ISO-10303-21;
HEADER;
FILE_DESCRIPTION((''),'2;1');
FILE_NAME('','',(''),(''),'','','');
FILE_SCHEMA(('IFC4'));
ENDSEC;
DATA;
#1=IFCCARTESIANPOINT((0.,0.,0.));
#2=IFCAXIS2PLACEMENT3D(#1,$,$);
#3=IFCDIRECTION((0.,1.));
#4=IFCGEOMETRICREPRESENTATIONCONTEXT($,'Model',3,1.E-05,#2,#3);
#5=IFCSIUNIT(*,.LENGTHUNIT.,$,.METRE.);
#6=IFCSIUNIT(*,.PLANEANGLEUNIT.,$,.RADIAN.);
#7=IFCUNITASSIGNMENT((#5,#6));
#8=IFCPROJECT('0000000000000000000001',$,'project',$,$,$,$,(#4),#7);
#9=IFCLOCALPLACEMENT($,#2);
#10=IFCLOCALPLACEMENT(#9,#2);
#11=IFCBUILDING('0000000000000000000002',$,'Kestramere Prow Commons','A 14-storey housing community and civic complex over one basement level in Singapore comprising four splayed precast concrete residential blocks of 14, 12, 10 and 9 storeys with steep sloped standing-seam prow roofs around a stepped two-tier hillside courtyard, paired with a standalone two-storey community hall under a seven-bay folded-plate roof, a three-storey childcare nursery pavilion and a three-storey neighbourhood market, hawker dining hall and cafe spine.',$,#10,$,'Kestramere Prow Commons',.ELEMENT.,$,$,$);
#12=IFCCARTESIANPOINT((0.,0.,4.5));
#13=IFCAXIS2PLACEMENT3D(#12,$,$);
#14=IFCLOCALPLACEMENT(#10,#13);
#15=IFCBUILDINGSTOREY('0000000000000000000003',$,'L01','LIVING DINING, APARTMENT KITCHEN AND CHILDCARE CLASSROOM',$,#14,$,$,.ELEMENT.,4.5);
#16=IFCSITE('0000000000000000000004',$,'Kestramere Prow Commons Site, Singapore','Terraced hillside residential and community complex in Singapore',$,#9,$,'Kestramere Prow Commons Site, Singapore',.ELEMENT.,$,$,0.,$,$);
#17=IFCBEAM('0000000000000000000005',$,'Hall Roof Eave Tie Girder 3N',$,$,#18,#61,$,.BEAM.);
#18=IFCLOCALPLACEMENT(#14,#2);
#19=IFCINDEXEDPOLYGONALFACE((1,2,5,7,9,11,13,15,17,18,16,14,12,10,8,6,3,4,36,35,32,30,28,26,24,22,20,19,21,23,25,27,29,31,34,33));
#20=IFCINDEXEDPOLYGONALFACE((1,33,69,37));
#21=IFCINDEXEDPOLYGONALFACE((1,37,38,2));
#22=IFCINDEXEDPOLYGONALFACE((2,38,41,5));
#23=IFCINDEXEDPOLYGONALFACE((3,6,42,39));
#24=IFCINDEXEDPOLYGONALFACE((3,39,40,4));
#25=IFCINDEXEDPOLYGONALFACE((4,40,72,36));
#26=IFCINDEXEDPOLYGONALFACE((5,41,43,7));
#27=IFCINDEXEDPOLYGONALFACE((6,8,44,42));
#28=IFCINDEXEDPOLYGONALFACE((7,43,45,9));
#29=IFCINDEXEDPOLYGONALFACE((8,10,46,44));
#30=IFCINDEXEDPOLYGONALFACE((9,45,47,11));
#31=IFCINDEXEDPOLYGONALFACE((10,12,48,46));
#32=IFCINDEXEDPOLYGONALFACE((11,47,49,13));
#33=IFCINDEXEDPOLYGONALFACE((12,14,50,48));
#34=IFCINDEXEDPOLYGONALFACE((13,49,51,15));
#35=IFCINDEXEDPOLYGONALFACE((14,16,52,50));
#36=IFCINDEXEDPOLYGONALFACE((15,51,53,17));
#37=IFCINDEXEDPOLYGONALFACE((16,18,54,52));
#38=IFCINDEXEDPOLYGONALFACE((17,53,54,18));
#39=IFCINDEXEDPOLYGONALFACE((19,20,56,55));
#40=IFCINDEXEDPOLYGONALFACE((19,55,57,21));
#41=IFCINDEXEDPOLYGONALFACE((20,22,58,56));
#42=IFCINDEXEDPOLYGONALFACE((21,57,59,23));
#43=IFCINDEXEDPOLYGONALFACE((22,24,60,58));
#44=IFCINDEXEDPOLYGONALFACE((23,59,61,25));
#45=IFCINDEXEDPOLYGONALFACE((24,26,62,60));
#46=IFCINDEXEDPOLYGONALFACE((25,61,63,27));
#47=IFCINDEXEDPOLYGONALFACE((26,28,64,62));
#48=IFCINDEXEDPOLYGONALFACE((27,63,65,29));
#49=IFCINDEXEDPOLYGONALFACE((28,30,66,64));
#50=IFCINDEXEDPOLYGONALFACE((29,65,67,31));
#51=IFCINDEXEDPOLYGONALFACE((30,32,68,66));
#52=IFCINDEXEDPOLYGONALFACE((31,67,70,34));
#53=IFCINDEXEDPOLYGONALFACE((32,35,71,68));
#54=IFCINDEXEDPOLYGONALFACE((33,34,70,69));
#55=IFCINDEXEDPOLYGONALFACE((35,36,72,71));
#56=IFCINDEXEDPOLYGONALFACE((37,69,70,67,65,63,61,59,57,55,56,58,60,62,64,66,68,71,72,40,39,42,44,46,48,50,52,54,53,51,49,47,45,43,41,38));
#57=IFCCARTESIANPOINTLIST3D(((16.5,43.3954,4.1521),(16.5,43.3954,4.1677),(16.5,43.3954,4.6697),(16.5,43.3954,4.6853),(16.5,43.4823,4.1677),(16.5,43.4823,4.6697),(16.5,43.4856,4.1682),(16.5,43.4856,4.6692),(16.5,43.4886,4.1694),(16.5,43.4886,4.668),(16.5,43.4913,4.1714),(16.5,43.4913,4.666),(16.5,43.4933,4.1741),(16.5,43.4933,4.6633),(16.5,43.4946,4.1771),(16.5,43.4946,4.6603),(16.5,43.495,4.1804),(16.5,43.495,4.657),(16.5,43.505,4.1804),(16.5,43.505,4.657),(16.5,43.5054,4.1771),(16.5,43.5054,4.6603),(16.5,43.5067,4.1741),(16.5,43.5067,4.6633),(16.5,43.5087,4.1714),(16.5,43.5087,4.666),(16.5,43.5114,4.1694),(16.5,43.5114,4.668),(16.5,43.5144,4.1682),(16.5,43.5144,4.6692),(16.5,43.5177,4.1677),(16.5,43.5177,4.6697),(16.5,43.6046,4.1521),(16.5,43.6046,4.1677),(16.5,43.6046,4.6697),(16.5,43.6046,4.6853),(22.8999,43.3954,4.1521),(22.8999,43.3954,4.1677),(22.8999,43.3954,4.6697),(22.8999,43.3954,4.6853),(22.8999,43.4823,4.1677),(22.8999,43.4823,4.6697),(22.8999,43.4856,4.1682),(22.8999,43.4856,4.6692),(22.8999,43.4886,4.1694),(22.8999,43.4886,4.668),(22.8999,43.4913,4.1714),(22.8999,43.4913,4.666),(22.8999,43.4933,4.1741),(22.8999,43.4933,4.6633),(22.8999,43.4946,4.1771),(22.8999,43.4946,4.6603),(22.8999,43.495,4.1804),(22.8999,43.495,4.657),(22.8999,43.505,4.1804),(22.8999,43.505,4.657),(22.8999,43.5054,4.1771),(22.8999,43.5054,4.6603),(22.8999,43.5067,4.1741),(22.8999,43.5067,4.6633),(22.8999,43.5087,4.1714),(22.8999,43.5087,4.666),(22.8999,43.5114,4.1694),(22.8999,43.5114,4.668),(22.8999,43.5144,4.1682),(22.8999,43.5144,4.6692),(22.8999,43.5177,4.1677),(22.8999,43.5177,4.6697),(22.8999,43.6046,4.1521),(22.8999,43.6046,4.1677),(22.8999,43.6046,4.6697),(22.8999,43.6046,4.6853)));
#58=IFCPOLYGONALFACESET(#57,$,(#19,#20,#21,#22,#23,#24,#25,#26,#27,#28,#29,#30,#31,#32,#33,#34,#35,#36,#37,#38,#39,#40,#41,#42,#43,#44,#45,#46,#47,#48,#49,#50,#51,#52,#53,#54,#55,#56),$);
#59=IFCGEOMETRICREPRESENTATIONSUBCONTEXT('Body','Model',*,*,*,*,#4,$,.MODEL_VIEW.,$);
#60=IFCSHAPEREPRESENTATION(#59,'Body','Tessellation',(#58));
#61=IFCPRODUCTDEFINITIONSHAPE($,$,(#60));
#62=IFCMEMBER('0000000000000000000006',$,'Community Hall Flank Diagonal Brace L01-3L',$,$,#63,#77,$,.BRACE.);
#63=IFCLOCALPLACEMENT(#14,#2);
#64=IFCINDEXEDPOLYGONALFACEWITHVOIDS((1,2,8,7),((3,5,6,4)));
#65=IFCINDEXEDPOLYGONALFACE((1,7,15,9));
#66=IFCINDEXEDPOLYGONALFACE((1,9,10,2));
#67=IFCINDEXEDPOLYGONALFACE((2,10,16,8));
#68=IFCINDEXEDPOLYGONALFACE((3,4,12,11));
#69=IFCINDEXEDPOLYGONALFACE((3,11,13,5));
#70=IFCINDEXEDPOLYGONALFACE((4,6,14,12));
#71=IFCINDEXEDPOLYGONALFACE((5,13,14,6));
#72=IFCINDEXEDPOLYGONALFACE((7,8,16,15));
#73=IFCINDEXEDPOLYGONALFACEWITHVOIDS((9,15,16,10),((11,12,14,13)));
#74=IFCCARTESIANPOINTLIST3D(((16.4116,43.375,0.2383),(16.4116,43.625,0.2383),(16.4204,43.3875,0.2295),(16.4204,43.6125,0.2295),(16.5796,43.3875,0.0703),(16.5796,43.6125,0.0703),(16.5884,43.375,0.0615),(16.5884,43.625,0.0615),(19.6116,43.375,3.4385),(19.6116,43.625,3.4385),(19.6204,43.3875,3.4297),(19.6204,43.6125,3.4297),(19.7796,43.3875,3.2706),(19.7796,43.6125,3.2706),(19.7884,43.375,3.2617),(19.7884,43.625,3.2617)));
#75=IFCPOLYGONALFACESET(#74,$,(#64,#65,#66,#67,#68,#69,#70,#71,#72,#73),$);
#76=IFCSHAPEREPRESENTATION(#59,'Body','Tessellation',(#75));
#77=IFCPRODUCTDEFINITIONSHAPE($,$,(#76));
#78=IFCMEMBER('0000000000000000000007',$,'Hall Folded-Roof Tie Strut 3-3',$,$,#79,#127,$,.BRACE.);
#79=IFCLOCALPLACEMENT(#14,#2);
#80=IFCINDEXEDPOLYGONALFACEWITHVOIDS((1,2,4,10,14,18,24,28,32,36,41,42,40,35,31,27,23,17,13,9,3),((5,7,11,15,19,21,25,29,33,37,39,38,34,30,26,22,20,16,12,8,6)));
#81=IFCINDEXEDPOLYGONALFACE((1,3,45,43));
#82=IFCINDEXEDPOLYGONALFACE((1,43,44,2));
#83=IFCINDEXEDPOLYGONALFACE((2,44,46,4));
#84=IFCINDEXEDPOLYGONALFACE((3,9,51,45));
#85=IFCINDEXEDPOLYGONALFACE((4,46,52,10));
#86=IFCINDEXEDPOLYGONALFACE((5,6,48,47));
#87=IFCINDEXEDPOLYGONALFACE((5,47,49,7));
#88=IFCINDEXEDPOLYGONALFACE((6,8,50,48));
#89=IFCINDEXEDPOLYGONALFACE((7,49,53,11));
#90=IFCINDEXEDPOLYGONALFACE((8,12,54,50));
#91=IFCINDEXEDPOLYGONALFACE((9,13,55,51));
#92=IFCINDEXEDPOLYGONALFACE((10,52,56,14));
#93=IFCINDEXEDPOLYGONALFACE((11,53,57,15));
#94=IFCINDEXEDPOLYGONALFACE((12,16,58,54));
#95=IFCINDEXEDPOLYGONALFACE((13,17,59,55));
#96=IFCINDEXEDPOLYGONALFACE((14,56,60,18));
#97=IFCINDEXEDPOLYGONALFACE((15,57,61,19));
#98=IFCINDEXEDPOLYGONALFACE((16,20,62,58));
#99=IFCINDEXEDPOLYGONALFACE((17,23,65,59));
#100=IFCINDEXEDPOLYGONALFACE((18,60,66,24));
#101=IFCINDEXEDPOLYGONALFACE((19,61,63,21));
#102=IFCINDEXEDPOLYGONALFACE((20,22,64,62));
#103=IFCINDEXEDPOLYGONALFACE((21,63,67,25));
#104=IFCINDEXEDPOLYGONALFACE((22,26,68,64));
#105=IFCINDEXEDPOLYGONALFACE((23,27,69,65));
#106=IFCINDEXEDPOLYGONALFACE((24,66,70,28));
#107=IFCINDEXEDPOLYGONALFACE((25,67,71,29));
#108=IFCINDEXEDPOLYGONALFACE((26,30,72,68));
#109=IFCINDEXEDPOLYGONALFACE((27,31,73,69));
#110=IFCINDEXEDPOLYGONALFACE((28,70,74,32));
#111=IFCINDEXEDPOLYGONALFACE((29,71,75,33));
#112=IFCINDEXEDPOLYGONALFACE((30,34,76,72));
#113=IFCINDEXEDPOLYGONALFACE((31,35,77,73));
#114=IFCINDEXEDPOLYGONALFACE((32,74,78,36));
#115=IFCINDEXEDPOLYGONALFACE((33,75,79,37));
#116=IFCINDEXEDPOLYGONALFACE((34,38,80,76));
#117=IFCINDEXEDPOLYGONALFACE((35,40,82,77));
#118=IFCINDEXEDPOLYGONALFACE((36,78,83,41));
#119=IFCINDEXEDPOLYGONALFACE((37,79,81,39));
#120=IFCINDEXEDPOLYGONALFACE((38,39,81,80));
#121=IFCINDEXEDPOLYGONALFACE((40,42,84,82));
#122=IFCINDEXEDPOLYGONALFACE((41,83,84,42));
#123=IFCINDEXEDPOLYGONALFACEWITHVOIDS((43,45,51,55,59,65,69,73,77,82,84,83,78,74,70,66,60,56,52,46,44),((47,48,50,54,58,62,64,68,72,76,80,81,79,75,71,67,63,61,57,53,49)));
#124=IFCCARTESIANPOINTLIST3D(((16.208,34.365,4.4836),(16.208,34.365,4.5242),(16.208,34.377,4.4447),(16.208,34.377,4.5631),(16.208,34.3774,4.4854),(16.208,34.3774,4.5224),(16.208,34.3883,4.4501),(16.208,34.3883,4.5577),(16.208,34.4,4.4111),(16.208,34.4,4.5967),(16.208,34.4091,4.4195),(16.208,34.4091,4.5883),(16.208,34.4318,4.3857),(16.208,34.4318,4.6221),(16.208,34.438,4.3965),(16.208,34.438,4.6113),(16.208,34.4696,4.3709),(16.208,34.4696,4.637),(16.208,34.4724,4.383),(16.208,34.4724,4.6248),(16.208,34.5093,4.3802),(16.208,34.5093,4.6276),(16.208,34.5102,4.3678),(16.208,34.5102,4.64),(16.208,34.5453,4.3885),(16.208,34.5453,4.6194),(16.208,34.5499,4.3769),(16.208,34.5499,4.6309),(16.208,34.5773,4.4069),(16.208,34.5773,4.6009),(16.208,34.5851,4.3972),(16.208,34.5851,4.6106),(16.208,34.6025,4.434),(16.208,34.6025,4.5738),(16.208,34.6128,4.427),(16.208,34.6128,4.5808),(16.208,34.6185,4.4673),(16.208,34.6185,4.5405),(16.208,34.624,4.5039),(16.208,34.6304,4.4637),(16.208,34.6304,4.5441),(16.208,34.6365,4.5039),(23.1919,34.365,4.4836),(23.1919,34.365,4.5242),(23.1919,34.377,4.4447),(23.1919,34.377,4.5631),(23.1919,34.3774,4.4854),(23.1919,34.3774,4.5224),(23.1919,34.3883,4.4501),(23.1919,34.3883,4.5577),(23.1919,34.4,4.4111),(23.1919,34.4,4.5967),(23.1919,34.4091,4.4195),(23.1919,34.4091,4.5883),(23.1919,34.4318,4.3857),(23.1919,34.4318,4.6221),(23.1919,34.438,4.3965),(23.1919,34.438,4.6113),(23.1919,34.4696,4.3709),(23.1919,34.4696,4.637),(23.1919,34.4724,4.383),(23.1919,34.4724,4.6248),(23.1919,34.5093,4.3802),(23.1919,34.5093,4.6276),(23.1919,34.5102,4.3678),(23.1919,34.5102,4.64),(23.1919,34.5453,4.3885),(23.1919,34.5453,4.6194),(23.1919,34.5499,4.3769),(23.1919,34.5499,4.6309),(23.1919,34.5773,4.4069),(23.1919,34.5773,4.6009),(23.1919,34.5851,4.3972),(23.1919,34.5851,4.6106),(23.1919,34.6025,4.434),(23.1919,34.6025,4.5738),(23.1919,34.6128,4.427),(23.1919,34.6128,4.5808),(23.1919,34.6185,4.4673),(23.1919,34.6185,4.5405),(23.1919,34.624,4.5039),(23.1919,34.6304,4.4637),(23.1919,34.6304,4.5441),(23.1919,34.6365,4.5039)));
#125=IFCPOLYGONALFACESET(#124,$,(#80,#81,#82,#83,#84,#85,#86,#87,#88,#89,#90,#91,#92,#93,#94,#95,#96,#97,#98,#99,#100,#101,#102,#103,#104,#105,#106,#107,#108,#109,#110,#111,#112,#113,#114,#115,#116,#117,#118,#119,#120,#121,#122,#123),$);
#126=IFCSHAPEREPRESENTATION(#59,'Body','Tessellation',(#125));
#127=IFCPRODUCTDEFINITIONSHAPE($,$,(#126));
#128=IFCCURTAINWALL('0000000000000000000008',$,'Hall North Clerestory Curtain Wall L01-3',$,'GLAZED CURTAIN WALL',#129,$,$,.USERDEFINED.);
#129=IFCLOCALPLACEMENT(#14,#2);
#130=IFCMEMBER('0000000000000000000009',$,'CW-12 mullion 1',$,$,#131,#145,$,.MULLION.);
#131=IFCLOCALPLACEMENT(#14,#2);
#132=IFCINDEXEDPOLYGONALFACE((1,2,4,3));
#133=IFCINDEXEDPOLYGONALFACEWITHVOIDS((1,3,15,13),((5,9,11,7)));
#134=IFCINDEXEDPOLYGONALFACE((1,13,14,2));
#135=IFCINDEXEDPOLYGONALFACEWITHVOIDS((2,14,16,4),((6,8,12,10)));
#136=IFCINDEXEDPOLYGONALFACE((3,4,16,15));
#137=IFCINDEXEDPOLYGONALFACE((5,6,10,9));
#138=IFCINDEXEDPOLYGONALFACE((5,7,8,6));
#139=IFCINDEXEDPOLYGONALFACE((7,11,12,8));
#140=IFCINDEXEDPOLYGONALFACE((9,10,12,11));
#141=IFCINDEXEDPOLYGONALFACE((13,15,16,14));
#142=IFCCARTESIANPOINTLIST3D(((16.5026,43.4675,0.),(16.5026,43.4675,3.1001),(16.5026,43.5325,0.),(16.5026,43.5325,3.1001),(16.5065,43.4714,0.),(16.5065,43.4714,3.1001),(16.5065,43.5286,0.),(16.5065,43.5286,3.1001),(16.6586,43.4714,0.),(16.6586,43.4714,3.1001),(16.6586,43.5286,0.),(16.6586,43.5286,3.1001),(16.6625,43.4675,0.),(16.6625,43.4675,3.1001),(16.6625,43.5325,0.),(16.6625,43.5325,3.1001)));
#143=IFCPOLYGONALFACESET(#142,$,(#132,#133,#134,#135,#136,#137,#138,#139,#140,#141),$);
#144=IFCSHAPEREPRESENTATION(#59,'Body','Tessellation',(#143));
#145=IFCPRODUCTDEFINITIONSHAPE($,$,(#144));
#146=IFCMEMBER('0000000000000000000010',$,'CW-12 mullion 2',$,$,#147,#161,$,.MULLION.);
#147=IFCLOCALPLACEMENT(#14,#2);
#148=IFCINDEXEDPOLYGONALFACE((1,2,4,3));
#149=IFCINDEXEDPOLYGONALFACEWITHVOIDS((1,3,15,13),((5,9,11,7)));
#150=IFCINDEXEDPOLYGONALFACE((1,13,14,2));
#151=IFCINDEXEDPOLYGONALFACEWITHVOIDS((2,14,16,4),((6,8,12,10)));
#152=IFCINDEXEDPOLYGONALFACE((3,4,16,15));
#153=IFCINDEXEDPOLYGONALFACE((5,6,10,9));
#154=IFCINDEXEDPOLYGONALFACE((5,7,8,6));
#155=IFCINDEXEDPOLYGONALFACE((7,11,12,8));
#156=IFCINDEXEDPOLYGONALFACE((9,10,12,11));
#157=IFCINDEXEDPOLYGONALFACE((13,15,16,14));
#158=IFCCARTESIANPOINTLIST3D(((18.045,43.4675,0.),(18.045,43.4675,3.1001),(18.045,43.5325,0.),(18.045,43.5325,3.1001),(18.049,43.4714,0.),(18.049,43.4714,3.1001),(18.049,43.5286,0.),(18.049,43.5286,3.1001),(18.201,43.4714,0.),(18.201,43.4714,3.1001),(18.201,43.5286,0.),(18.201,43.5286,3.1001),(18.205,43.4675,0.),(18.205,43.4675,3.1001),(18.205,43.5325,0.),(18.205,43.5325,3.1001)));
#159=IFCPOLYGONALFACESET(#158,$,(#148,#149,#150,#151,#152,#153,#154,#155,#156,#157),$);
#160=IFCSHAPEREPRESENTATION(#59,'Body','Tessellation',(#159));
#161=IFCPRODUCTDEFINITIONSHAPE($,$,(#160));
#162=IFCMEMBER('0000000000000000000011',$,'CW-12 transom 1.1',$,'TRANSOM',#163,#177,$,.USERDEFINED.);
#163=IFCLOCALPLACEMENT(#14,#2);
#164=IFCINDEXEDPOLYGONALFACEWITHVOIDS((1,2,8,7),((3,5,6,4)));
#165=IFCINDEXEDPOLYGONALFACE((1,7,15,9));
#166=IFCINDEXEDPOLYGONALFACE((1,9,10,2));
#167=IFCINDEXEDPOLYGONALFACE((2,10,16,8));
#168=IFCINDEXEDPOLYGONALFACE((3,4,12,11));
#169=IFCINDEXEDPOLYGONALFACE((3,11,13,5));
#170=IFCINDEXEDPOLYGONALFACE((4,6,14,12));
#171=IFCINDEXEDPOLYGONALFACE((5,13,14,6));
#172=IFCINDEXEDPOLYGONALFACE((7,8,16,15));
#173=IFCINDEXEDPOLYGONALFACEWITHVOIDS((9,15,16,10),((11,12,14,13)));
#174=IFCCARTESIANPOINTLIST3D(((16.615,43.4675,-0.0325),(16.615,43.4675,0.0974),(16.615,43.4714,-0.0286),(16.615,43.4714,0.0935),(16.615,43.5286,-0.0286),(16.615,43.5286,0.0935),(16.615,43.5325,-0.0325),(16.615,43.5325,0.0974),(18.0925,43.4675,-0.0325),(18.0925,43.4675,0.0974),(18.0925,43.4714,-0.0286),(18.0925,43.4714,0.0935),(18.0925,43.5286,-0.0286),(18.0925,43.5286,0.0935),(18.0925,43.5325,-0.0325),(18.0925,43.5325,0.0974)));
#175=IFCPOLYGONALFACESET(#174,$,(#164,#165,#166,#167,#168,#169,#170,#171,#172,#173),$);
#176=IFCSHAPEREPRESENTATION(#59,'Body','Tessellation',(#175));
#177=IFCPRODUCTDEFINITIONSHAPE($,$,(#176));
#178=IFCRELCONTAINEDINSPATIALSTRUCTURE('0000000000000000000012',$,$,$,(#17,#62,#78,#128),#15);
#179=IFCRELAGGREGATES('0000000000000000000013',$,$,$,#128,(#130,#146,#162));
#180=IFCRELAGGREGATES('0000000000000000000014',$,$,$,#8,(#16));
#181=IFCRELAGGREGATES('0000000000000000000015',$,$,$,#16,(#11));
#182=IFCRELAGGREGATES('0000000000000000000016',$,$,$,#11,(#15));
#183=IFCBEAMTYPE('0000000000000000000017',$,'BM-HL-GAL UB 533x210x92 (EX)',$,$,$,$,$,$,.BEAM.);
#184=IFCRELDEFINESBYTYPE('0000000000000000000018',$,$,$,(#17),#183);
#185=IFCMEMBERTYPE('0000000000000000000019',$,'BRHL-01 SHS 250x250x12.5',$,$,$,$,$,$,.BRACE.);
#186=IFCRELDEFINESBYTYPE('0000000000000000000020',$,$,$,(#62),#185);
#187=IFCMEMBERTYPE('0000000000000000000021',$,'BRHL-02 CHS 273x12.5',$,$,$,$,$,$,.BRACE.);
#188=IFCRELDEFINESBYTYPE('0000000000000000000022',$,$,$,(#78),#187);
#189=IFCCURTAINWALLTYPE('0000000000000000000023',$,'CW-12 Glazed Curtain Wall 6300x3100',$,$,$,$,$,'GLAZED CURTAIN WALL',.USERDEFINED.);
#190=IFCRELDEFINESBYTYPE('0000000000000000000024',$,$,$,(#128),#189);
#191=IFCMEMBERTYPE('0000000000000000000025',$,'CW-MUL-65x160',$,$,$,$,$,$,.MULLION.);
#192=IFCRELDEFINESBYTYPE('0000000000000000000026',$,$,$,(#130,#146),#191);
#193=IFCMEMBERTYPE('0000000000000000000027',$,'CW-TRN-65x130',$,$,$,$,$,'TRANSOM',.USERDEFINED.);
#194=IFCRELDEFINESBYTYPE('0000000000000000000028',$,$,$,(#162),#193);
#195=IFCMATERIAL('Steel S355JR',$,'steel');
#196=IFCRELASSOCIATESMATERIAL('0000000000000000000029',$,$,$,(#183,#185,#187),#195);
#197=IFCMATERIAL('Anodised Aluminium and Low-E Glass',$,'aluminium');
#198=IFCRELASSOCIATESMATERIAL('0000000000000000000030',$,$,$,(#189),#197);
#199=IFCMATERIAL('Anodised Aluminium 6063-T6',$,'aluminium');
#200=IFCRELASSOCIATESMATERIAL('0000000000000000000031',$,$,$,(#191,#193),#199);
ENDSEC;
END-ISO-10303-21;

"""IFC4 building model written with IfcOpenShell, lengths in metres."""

from ifc_helpers import new_model, si_unit, direction, frame, origin, origin_2d, place, context, subcontext, project, spatial, hollow_rectangle, hollow_circle, i_section, extrude, material, material_profile, profile_set, type_object, element, aggregate, save


model = new_model("IFC4")

# Units and contexts
model_context = context("Model", 3, precision=1e-05, world=origin(), true_north=direction((0.0, 1.0)))
body_context = subcontext(model_context, "Body", "Model", "MODEL_VIEW")
ifc_project = project(units=[si_unit("LENGTHUNIT", "METRE"), si_unit("PLANEANGLEUNIT", "RADIAN")], contexts=[model_context])

# Site, building, storey
site_placement = place(None, origin())
site = spatial("IfcSite", under=ifc_project, at=site_placement, Name="Kestramere Prow Commons Site, Singapore", Description="Terraced hillside residential and community complex in Singapore", LongName="Kestramere Prow Commons Site, Singapore", CompositionType="ELEMENT", RefElevation=0.0)
building_placement = place(site_placement, origin())
building = spatial("IfcBuilding", under=site, at=building_placement, Name="Kestramere Prow Commons", Description="A 14-storey housing community and civic complex over one basement level in Singapore comprising four splayed precast concrete residential blocks of 14, 12, 10 and 9 storeys with steep sloped standing-seam prow roofs around a stepped two-tier hillside courtyard, paired with a standalone two-storey community hall under a seven-bay folded-plate roof, a three-storey childcare nursery pavilion and a three-storey neighbourhood market, hawker dining hall and cafe spine.", LongName="Kestramere Prow Commons", CompositionType="ELEMENT")
storey_placement = place(building_placement, frame((0.0, 0.0, 4.5)))
storey = spatial("IfcBuildingStorey", under=building, at=storey_placement, Name="L01", Description="LIVING DINING, APARTMENT KITCHEN AND CHILDCARE CLASSROOM", CompositionType="ELEMENT", Elevation=4.5)

# Beam
ifc_material_1 = material(Name="Steel S355JR", Category="steel")
ifc_material_profile_1 = material_profile(ifc_material_1, i_section(OverallWidth=0.2092, OverallDepth=0.5332, WebThickness=0.01, FlangeThickness=0.0156, FilletRadius=0.0127, at=origin_2d()), Name="UB 533x210x92")
ifc_profile_set_1 = profile_set([ifc_material_profile_1], Name="Steel S355JR")
beam_type = type_object("IfcBeamType", Name="BM-HL-GAL UB 533x210x92 (EX)", PredefinedType="BEAM", material=ifc_profile_set_1)
beam_placement = place(storey_placement, frame((16.5, 43.5, 4.4187), z_axis=(1.0, 0.0, 0.0), x_axis=(0.0, 1.0, 0.0)))
element("IfcBeam", 1, at=beam_placement, inside=storey, type_object=beam_type, Name="Hall Roof Eave Tie Girder 3N", PredefinedType="BEAM", context=body_context, shape_type="SweptSolid", body=[
    extrude(i_section(OverallWidth=0.2092, OverallDepth=0.5332, WebThickness=0.01, FlangeThickness=0.0156, FilletRadius=0.0127, at=origin_2d()), origin(), (0.0, 0.0, 1.0), 6.3999),
])

# Members
ifc_material_profile_2 = material_profile(ifc_material_1, hollow_rectangle(XDim=0.25, YDim=0.25, WallThickness=0.0125, at=origin_2d()), Name="SHS 250x250x12.5")
ifc_profile_set_2 = profile_set([ifc_material_profile_2], Name="Steel S355JR")
member_type_1 = type_object("IfcMemberType", Name="BRHL-01 SHS 250x250x12.5", PredefinedType="BRACE", material=ifc_profile_set_2)
member_1_placement = place(storey_placement, frame((16.5, 43.5, 0.1499), z_axis=(0.70708, 0.0, 0.707134), x_axis=(0.0, 1.0, 0.0)))
element("IfcMember", 2, at=member_1_placement, inside=storey, type_object=member_type_1, Name="Community Hall Flank Diagonal Brace L01-3L", PredefinedType="BRACE", context=body_context, shape_type="SweptSolid", body=[
    extrude(hollow_rectangle(XDim=0.25, YDim=0.25, WallThickness=0.0125, at=origin_2d()), origin(), (0.0, 0.0, 1.0), 4.5256),
])
ifc_material_profile_3 = material_profile(ifc_material_1, hollow_circle(Radius=0.1365, WallThickness=0.0125, at=origin_2d()), Name="CHS 273x12.5")
ifc_profile_set_3 = profile_set([ifc_material_profile_3], Name="Steel S355JR")
member_type_2 = type_object("IfcMemberType", Name="BRHL-02 CHS 273x12.5", PredefinedType="BRACE", material=ifc_profile_set_3)
member_2_placement = place(storey_placement, frame((16.208, 34.5, 4.5039), z_axis=(1.0, 0.0, 0.0), x_axis=(0.0, 1.0, 0.0)))
element("IfcMember", 3, at=member_2_placement, inside=storey, type_object=member_type_2, Name="Hall Folded-Roof Tie Strut 3-3", PredefinedType="BRACE", context=body_context, shape_type="SweptSolid", body=[
    extrude(hollow_circle(Radius=0.1365, WallThickness=0.0125, at=origin_2d()), origin(), (0.0, 0.0, 1.0), 6.9839),
])

# Curtain wall, members
ifc_material_2 = material(Name="Anodised Aluminium and Low-E Glass", Category="aluminium")
curtain_wall_type = type_object("IfcCurtainWallType", Name="CW-12 Glazed Curtain Wall 6300x3100", ElementType="GLAZED CURTAIN WALL", PredefinedType="USERDEFINED", material=ifc_material_2)
curtain_wall_placement = place(storey_placement, origin())
curtain_wall = element("IfcCurtainWall", 4, at=curtain_wall_placement, inside=storey, type_object=curtain_wall_type, Name="Hall North Clerestory Curtain Wall L01-3", ObjectType="GLAZED CURTAIN WALL", PredefinedType="USERDEFINED")
ifc_material_3 = material(Name="Anodised Aluminium 6063-T6", Category="aluminium")
ifc_material_profile_4 = material_profile(ifc_material_3, hollow_rectangle(XDim=0.0649, YDim=0.1599, WallThickness=0.0039, at=origin_2d()), Name="ALU-MUL 65x160")
ifc_profile_set_4 = profile_set([ifc_material_profile_4], Name="Anodised Aluminium 6063-T6")
member_type_3 = type_object("IfcMemberType", Name="CW-MUL-65x160", PredefinedType="MULLION", material=ifc_profile_set_4)
member_3_placement = place(storey_placement, frame((16.5825, 43.5, 0.0), z_axis=(0.0, 0.0, 1.0), x_axis=(0.0, 1.0, 0.0)))
member_3 = element("IfcMember", 5, at=member_3_placement, type_object=member_type_3, Name="CW-12 mullion 1", PredefinedType="MULLION", context=body_context, shape_type="SweptSolid", body=[
    extrude(hollow_rectangle(XDim=0.0649, YDim=0.1599, WallThickness=0.0039, at=origin_2d()), origin(), (0.0, 0.0, 1.0), 3.1001),
])
member_4_placement = place(storey_placement, frame((18.125, 43.5, 0.0), z_axis=(0.0, 0.0, 1.0), x_axis=(0.0, 1.0, 0.0)))
member_4 = element("IfcMember", 6, at=member_4_placement, type_object=member_type_3, Name="CW-12 mullion 2", PredefinedType="MULLION", context=body_context, shape_type="SweptSolid", body=[
    extrude(hollow_rectangle(XDim=0.0649, YDim=0.1599, WallThickness=0.0039, at=origin_2d()), origin(), (0.0, 0.0, 1.0), 3.1001),
])
ifc_material_profile_5 = material_profile(ifc_material_3, hollow_rectangle(XDim=0.0649, YDim=0.1299, WallThickness=0.0039, at=origin_2d()), Name="ALU-TRN 65x130")
ifc_profile_set_5 = profile_set([ifc_material_profile_5], Name="Anodised Aluminium 6063-T6")
member_type_4 = type_object("IfcMemberType", Name="CW-TRN-65x130", ElementType="TRANSOM", PredefinedType="USERDEFINED", material=ifc_profile_set_5)
member_5_placement = place(storey_placement, frame((16.615, 43.5, 0.0325), z_axis=(1.0, 0.0, 0.0), x_axis=(0.0, 1.0, 0.0)))
member_5 = element("IfcMember", 7, at=member_5_placement, type_object=member_type_4, Name="CW-12 transom 1.1", ObjectType="TRANSOM", PredefinedType="USERDEFINED", context=body_context, shape_type="SweptSolid", body=[
    extrude(hollow_rectangle(XDim=0.0649, YDim=0.1299, WallThickness=0.0039, at=origin_2d()), origin(), (0.0, 0.0, 1.0), 1.4775),
])
aggregate(curtain_wall, [member_3, member_4, member_5])

save(model, "model.ifc")
